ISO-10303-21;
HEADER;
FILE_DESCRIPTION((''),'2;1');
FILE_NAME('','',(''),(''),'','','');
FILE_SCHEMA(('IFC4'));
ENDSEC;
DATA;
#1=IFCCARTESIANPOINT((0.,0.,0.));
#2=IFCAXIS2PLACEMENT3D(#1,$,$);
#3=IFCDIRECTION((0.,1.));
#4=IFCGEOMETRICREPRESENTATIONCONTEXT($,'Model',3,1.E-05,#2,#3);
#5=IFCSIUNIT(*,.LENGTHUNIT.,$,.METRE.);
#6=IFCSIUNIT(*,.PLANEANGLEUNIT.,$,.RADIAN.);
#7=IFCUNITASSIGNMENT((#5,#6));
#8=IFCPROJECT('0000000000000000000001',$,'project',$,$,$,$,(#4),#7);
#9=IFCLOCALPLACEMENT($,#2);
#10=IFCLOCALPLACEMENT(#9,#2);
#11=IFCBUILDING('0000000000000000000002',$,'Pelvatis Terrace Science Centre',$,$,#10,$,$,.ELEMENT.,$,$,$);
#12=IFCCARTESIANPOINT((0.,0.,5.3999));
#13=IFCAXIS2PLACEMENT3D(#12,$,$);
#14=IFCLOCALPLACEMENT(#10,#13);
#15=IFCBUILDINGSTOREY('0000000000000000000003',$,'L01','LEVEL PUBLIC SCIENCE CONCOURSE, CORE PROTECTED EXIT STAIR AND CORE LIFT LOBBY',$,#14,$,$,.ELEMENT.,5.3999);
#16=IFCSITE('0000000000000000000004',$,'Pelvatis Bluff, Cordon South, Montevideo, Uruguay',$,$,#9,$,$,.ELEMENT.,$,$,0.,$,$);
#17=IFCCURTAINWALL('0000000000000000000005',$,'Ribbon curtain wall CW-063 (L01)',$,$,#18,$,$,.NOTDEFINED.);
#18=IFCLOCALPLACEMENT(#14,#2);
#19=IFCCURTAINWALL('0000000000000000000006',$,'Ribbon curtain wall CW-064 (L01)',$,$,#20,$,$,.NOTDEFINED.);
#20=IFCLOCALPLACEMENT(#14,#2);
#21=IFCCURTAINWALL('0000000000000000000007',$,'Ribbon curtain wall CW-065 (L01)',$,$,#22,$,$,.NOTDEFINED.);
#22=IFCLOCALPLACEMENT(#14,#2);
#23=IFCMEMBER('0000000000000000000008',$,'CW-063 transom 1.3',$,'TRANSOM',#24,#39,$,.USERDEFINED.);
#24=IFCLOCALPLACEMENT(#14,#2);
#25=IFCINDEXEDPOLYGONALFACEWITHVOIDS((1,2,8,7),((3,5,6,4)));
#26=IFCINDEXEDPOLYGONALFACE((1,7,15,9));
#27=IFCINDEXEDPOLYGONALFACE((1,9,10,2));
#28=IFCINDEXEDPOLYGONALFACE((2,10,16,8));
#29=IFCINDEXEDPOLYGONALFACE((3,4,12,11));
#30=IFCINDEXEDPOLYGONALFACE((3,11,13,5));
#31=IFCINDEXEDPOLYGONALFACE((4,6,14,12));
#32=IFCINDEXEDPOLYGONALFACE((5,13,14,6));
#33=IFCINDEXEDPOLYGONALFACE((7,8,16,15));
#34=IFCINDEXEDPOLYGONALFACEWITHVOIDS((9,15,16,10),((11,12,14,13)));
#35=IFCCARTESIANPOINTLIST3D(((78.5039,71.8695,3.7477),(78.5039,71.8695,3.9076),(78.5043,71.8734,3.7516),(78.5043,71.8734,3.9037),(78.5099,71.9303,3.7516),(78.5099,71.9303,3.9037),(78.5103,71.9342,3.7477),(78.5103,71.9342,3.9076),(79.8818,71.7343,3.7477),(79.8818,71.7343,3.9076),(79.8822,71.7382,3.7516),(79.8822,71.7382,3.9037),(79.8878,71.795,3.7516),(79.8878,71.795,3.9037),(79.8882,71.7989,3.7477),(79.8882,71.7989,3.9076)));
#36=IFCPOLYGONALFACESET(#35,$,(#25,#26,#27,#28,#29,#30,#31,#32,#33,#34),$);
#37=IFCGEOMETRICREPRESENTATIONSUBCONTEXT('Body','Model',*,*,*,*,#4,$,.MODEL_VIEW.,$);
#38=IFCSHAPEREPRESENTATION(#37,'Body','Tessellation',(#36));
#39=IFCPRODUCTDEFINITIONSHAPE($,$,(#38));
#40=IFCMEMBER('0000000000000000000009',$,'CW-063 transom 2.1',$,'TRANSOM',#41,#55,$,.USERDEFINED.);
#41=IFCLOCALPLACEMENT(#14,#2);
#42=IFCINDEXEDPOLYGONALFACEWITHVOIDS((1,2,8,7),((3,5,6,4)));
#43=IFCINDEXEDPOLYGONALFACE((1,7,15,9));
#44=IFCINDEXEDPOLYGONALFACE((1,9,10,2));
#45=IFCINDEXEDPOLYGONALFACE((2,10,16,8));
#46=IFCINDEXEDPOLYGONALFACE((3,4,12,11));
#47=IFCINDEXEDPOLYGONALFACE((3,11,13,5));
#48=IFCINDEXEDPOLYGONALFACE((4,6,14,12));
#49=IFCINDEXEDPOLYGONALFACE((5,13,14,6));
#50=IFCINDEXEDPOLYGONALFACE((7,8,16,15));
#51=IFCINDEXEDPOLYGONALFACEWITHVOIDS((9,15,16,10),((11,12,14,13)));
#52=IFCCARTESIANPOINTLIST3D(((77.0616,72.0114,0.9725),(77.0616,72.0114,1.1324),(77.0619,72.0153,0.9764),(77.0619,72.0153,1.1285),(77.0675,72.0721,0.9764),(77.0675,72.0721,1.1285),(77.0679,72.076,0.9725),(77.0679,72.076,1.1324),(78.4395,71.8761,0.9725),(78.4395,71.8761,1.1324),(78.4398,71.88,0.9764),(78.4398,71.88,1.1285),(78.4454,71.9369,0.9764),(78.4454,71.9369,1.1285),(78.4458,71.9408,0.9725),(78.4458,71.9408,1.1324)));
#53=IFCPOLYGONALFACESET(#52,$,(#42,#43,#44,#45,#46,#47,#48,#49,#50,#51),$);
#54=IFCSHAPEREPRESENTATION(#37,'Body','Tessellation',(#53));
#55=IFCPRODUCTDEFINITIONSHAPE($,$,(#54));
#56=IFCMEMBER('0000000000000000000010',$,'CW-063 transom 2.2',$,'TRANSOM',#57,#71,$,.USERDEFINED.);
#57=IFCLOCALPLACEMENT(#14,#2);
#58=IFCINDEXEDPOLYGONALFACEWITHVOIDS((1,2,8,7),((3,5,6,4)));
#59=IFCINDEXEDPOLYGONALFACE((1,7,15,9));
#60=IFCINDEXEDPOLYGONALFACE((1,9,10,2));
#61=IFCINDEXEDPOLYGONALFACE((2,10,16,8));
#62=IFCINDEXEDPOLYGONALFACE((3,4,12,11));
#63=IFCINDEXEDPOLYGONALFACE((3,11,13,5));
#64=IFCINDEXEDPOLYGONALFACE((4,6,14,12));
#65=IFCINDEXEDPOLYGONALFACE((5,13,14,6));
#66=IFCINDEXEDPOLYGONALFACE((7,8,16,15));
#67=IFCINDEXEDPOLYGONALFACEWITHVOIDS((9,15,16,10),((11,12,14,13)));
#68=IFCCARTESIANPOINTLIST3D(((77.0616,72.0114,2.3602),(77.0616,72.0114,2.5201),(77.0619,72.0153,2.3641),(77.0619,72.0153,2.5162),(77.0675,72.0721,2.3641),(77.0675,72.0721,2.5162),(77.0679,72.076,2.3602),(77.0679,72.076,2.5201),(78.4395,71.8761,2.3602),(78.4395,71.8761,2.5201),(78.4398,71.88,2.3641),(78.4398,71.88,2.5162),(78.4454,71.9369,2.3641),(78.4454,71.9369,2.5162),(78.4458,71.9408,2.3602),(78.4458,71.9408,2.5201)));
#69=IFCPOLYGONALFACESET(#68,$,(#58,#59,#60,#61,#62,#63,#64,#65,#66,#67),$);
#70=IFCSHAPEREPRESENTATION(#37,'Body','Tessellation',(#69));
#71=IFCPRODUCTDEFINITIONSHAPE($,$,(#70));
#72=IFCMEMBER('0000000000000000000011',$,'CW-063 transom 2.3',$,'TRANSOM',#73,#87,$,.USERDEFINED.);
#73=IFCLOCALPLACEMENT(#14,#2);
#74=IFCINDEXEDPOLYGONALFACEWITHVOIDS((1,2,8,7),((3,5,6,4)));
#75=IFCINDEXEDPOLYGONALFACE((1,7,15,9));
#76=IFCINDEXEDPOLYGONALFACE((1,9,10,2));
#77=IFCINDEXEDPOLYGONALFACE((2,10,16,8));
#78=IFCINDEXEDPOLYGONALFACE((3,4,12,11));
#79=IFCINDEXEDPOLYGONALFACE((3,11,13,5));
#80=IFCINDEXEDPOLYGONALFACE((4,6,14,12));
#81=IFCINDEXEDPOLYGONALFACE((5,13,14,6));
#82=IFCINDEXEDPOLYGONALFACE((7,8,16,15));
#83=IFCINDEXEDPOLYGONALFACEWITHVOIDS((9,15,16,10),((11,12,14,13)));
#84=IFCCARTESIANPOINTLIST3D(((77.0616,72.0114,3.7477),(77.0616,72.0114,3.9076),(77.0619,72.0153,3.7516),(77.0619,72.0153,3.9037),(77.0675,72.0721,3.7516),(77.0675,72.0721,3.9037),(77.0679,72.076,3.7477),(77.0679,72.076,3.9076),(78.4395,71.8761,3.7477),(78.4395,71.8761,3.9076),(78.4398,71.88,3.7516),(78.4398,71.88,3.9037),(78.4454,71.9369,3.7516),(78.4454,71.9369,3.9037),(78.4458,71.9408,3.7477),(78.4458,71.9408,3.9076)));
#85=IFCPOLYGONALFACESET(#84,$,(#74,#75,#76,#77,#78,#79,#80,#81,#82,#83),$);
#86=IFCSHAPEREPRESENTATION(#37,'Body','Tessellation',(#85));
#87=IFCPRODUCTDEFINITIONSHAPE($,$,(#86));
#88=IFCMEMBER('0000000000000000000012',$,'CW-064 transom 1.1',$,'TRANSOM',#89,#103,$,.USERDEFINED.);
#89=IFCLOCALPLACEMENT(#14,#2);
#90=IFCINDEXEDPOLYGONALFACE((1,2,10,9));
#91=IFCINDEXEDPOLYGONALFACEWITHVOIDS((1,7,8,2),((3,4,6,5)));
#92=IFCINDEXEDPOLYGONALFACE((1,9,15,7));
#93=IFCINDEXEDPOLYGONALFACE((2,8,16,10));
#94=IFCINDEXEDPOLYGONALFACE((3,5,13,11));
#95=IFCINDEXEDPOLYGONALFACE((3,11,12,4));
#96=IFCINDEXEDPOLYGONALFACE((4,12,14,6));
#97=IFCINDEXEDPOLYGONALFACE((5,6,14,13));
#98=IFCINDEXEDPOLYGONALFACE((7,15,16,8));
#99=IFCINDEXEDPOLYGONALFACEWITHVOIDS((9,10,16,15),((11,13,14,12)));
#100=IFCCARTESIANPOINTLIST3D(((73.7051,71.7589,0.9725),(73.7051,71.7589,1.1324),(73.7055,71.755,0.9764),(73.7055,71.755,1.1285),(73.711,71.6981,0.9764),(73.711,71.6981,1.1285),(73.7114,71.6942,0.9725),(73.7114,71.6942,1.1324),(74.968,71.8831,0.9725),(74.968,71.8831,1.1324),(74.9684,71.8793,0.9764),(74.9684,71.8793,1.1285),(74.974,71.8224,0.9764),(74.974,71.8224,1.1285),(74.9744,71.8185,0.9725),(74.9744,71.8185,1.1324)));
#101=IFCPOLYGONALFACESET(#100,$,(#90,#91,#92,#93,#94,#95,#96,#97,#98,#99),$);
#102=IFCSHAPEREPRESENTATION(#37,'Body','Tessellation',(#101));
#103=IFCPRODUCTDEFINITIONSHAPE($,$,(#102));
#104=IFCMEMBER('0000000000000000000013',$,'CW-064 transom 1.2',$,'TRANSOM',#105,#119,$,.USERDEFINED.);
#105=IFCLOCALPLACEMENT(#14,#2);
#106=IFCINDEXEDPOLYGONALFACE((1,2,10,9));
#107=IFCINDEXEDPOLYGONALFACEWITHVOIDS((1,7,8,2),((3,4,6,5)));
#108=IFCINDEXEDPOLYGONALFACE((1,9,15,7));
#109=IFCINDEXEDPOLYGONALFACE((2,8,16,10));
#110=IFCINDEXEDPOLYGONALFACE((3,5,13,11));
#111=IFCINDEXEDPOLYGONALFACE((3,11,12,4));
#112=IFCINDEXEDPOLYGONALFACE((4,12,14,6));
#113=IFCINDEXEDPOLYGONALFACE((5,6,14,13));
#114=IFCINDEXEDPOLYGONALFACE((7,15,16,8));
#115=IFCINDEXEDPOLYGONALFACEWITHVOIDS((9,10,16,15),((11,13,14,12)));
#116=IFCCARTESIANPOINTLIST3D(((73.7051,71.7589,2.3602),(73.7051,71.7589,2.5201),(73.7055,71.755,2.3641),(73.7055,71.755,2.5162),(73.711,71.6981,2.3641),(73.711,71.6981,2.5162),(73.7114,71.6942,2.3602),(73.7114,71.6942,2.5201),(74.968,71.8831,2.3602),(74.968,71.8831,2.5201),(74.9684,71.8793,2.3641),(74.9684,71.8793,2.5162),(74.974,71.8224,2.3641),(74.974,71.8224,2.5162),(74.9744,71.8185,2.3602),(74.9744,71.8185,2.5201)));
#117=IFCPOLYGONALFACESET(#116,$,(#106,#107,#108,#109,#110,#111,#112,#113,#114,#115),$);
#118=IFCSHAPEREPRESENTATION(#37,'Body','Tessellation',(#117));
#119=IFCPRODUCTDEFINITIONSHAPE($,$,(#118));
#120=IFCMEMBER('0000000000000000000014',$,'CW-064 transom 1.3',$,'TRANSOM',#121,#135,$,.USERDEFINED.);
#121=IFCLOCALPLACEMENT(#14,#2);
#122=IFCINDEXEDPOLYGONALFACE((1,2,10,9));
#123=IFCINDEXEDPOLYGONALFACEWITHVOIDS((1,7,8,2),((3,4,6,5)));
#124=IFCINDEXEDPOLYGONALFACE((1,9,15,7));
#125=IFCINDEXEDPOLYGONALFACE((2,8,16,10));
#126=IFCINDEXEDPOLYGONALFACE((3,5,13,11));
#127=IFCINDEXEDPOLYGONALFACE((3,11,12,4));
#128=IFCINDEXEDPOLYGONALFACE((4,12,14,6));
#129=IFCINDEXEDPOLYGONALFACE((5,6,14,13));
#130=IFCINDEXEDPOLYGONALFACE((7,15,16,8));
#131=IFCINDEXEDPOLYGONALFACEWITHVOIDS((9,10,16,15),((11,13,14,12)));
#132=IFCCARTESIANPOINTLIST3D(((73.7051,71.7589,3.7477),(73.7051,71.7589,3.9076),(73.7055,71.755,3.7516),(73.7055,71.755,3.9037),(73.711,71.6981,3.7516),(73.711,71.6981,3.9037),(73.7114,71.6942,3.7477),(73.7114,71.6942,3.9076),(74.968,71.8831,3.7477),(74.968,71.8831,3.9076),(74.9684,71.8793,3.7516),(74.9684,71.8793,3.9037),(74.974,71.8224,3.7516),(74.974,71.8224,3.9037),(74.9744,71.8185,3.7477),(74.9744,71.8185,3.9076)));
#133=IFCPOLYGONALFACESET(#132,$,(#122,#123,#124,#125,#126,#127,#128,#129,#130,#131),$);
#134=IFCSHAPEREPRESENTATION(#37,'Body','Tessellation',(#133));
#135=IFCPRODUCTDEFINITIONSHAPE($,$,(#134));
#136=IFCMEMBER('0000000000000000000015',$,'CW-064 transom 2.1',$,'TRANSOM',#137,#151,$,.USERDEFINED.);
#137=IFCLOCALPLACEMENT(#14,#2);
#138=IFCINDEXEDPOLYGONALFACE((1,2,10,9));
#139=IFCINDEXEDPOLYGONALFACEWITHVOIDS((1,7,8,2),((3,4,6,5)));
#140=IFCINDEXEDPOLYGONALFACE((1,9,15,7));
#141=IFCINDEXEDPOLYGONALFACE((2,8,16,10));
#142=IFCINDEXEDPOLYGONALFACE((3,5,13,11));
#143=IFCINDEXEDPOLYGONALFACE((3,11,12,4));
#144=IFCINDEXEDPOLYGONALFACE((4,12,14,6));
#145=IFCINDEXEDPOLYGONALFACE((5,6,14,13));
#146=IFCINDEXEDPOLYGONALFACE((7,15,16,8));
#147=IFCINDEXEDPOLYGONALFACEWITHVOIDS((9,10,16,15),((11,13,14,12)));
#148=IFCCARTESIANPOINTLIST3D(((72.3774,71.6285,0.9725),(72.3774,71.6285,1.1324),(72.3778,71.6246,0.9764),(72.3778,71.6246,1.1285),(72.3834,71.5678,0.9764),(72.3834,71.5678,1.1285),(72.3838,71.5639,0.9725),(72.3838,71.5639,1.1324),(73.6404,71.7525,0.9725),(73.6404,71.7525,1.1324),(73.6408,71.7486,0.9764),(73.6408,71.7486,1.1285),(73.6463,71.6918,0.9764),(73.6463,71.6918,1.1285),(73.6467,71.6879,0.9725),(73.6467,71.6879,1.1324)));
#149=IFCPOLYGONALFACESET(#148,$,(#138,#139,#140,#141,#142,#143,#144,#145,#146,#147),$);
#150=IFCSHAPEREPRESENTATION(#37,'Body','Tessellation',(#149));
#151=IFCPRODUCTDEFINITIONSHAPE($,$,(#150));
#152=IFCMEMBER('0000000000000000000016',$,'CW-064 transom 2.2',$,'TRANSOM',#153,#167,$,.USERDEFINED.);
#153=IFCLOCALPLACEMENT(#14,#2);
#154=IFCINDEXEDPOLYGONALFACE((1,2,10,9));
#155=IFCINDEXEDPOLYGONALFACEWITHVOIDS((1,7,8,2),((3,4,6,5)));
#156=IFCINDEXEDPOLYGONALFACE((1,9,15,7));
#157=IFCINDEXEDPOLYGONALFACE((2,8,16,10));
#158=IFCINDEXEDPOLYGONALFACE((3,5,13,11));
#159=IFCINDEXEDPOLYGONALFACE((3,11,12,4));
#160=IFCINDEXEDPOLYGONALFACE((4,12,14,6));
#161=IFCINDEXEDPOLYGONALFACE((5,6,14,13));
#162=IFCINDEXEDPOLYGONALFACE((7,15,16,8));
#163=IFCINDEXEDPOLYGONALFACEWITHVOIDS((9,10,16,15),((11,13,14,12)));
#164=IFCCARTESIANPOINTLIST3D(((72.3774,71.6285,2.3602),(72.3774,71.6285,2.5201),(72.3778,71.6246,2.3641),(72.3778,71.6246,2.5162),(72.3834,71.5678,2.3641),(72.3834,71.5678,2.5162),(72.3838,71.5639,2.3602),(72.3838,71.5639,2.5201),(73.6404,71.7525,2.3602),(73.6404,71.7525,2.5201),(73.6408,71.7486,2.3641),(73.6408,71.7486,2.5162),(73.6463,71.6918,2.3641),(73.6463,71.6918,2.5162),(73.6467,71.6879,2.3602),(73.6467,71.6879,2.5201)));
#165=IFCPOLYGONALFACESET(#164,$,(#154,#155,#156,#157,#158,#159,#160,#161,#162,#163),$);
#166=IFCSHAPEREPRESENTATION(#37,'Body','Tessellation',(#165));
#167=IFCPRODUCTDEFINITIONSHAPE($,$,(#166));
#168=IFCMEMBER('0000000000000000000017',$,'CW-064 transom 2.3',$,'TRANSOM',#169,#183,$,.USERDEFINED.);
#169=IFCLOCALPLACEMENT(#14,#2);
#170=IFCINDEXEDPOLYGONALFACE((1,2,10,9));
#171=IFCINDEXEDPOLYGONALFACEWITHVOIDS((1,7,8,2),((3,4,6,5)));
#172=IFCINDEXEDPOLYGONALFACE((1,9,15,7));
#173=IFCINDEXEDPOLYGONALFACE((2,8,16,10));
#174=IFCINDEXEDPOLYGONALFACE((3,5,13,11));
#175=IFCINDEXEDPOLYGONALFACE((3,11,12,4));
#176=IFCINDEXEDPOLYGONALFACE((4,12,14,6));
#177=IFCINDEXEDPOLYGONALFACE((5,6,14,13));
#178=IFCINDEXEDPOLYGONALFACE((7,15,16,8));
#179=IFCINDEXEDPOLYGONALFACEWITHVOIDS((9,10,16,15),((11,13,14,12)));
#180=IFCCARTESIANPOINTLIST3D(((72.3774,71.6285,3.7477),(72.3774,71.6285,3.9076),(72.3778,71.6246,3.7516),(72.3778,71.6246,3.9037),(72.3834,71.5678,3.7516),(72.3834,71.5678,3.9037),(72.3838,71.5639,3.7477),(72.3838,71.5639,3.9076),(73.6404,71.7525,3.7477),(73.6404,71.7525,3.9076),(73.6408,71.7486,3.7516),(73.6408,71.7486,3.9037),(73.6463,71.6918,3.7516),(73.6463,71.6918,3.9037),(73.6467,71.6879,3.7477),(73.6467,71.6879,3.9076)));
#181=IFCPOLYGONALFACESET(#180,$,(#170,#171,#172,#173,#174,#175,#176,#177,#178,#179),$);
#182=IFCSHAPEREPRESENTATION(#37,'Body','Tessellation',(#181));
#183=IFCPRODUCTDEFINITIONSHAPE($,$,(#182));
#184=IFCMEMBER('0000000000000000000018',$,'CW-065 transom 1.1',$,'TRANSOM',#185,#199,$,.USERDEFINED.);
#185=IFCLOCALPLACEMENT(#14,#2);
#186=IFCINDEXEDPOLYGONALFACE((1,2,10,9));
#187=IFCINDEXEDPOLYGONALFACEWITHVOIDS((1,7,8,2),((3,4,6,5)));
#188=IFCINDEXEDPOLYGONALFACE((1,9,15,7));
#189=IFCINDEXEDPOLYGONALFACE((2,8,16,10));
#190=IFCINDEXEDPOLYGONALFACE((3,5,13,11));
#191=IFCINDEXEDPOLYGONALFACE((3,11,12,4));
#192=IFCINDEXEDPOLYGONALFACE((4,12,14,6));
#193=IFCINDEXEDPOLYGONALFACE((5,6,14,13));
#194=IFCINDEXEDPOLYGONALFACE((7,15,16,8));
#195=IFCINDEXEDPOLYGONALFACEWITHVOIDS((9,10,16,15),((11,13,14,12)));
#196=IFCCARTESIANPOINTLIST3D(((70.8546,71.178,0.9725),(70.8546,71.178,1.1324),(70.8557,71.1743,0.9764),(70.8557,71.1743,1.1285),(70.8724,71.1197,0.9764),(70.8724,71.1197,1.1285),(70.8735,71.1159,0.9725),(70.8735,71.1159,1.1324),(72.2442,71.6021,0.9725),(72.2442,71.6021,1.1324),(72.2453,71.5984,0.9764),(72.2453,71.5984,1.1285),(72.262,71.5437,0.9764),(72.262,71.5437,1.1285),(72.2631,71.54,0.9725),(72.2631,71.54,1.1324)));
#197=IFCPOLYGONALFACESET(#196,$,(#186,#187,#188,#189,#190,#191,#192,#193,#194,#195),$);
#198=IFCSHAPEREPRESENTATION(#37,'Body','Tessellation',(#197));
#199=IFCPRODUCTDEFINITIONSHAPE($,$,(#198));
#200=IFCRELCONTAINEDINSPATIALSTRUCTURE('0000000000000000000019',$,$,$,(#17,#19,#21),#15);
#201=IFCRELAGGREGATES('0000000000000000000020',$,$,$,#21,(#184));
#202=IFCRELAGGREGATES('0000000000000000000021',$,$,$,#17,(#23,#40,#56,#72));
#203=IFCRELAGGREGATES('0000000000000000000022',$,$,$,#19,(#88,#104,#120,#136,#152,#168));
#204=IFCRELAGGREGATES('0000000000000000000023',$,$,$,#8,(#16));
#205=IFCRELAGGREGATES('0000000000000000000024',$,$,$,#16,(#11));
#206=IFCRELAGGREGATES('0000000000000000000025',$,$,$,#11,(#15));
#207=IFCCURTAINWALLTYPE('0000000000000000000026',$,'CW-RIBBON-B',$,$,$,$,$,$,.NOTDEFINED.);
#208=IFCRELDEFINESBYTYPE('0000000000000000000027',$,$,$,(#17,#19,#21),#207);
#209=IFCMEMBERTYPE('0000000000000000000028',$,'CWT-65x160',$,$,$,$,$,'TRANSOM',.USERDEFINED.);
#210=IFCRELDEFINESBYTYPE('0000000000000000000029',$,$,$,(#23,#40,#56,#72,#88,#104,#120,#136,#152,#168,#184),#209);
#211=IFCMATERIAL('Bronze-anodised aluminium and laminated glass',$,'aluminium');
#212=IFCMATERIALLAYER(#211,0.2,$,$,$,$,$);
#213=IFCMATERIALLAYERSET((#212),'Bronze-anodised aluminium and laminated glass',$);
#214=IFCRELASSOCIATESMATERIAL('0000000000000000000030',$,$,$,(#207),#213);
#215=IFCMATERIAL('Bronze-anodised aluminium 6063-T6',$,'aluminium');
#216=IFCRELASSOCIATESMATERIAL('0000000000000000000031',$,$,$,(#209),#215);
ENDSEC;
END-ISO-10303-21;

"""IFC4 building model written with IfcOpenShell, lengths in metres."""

from ifc_helpers import new_model, si_unit, direction, frame, origin, origin_2d, place, context, subcontext, project, spatial, hollow_rectangle, extrude, material, layer, layer_set, material_profile, profile_set, type_object, element, aggregate, save


model = new_model("IFC4")

# Units and contexts
model_context = context("Model", 3, precision=1e-05, world=origin(), true_north=direction((0.0, 1.0)))
body_context = subcontext(model_context, "Body", "Model", "MODEL_VIEW")
ifc_project = project(units=[si_unit("LENGTHUNIT", "METRE"), si_unit("PLANEANGLEUNIT", "RADIAN")], contexts=[model_context])

# Site, building, storey
site_placement = place(None, origin())
site = spatial("IfcSite", under=ifc_project, at=site_placement, Name="Pelvatis Bluff, Cordon South, Montevideo, Uruguay", CompositionType="ELEMENT", RefElevation=0.0)
building_placement = place(site_placement, origin())
building = spatial("IfcBuilding", under=site, at=building_placement, Name="Pelvatis Terrace Science Centre", CompositionType="ELEMENT")
storey_placement = place(building_placement, frame((0.0, 0.0, 5.3999)))
storey = spatial("IfcBuildingStorey", under=building, at=storey_placement, Name="L01", Description="LEVEL PUBLIC SCIENCE CONCOURSE, CORE PROTECTED EXIT STAIR AND CORE LIFT LOBBY", CompositionType="ELEMENT", Elevation=5.3999)

# Curtain walls
ifc_material_1 = material(Name="Bronze-anodised aluminium and laminated glass", Category="aluminium")
ifc_layer_1 = layer(ifc_material_1, 0.2)
ifc_layer_set_1 = layer_set([ifc_layer_1], Name="Bronze-anodised aluminium and laminated glass")
curtain_wall_type = type_object("IfcCurtainWallType", Name="CW-RIBBON-B", PredefinedType="NOTDEFINED", material=ifc_layer_set_1)
curtain_wall_1_placement = place(storey_placement, origin())
curtain_wall_1 = element("IfcCurtainWall", 1, at=curtain_wall_1_placement, inside=storey, type_object=curtain_wall_type, Name="Ribbon curtain wall CW-063 (L01)", PredefinedType="NOTDEFINED")
curtain_wall_2_placement = place(storey_placement, origin())
curtain_wall_2 = element("IfcCurtainWall", 2, at=curtain_wall_2_placement, inside=storey, type_object=curtain_wall_type, Name="Ribbon curtain wall CW-064 (L01)", PredefinedType="NOTDEFINED")

# Curtain wall
curtain_wall_3_placement = place(storey_placement, origin())
curtain_wall_3 = element("IfcCurtainWall", 3, at=curtain_wall_3_placement, inside=storey, type_object=curtain_wall_type, Name="Ribbon curtain wall CW-065 (L01)", PredefinedType="NOTDEFINED")

# Members
ifc_material_2 = material(Name="Bronze-anodised aluminium 6063-T6", Category="aluminium")
ifc_material_profile_1 = material_profile(ifc_material_2, hollow_rectangle(XDim=0.0649, YDim=0.1599, WallThickness=0.0039, at=origin_2d()), Name="ALU-TRN 65x160")
ifc_profile_set_1 = profile_set([ifc_material_profile_1], Name="Bronze-anodised aluminium 6063-T6")
member_type_1 = type_object("IfcMemberType", Name="CWT-65x160", ElementType="TRANSOM", PredefinedType="USERDEFINED", material=ifc_profile_set_1)
member_1_placement = place(storey_placement, frame((79.885, 71.7666, 3.8276), z_axis=(-0.995217, 0.097688, 0.0), x_axis=(-0.097688, -0.995217, 0.0)))
member_1 = element("IfcMember", 4, at=member_1_placement, type_object=member_type_1, Name="CW-063 transom 1.3", ObjectType="TRANSOM", PredefinedType="USERDEFINED", context=body_context, shape_type="SweptSolid", body=[
    extrude(hollow_rectangle(XDim=0.0649, YDim=0.1599, WallThickness=0.0039, at=origin_2d()), origin(), (0.0, 0.0, 1.0), 1.3845),
])
member_2_placement = place(storey_placement, frame((78.4426, 71.9084, 1.0525), z_axis=(-0.995217, 0.097688, 0.0), x_axis=(-0.097688, -0.995217, 0.0)))
member_2 = element("IfcMember", 5, at=member_2_placement, type_object=member_type_1, Name="CW-063 transom 2.1", ObjectType="TRANSOM", PredefinedType="USERDEFINED", context=body_context, shape_type="SweptSolid", body=[
    extrude(hollow_rectangle(XDim=0.0649, YDim=0.1599, WallThickness=0.0039, at=origin_2d()), origin(), (0.0, 0.0, 1.0), 1.3845),
])
member_3_placement = place(storey_placement, frame((78.4426, 71.9084, 2.4402), z_axis=(-0.995217, 0.097688, 0.0), x_axis=(-0.097688, -0.995217, 0.0)))
member_3 = element("IfcMember", 6, at=member_3_placement, type_object=member_type_1, Name="CW-063 transom 2.2", ObjectType="TRANSOM", PredefinedType="USERDEFINED", context=body_context, shape_type="SweptSolid", body=[
    extrude(hollow_rectangle(XDim=0.0649, YDim=0.1599, WallThickness=0.0039, at=origin_2d()), origin(), (0.0, 0.0, 1.0), 1.3845),
])
member_4_placement = place(storey_placement, frame((78.4426, 71.9084, 3.8276), z_axis=(-0.995217, 0.097688, 0.0), x_axis=(-0.097688, -0.995217, 0.0)))
member_4 = element("IfcMember", 7, at=member_4_placement, type_object=member_type_1, Name="CW-063 transom 2.3", ObjectType="TRANSOM", PredefinedType="USERDEFINED", context=body_context, shape_type="SweptSolid", body=[
    extrude(hollow_rectangle(XDim=0.0649, YDim=0.1599, WallThickness=0.0039, at=origin_2d()), origin(), (0.0, 0.0, 1.0), 1.3845),
])
member_5_placement = place(storey_placement, frame((74.9712, 71.8508, 1.0525), z_axis=(-0.995194, -0.097923, 0.0), x_axis=(0.097923, -0.995194, 0.0)))
member_5 = element("IfcMember", 8, at=member_5_placement, type_object=member_type_1, Name="CW-064 transom 1.1", ObjectType="TRANSOM", PredefinedType="USERDEFINED", context=body_context, shape_type="SweptSolid", body=[
    extrude(hollow_rectangle(XDim=0.0649, YDim=0.1599, WallThickness=0.0039, at=origin_2d()), origin(), (0.0, 0.0, 1.0), 1.269),
])
member_6_placement = place(storey_placement, frame((74.9712, 71.8508, 2.4402), z_axis=(-0.995194, -0.097923, 0.0), x_axis=(0.097923, -0.995194, 0.0)))
member_6 = element("IfcMember", 9, at=member_6_placement, type_object=member_type_1, Name="CW-064 transom 1.2", ObjectType="TRANSOM", PredefinedType="USERDEFINED", context=body_context, shape_type="SweptSolid", body=[
    extrude(hollow_rectangle(XDim=0.0649, YDim=0.1599, WallThickness=0.0039, at=origin_2d()), origin(), (0.0, 0.0, 1.0), 1.269),
])
member_7_placement = place(storey_placement, frame((74.9712, 71.8508, 3.8276), z_axis=(-0.995194, -0.097923, 0.0), x_axis=(0.097923, -0.995194, 0.0)))
member_7 = element("IfcMember", 10, at=member_7_placement, type_object=member_type_1, Name="CW-064 transom 1.3", ObjectType="TRANSOM", PredefinedType="USERDEFINED", context=body_context, shape_type="SweptSolid", body=[
    extrude(hollow_rectangle(XDim=0.0649, YDim=0.1599, WallThickness=0.0039, at=origin_2d()), origin(), (0.0, 0.0, 1.0), 1.269),
])
member_8_placement = place(storey_placement, frame((73.6436, 71.7202, 1.0525), z_axis=(-0.995213, -0.097732, 0.0), x_axis=(0.097732, -0.995213, 0.0)))
member_8 = element("IfcMember", 11, at=member_8_placement, type_object=member_type_1, Name="CW-064 transom 2.1", ObjectType="TRANSOM", PredefinedType="USERDEFINED", context=body_context, shape_type="SweptSolid", body=[
    extrude(hollow_rectangle(XDim=0.0649, YDim=0.1599, WallThickness=0.0039, at=origin_2d()), origin(), (0.0, 0.0, 1.0), 1.269),
])
member_9_placement = place(storey_placement, frame((73.6436, 71.7202, 2.4402), z_axis=(-0.995213, -0.097732, 0.0), x_axis=(0.097732, -0.995213, 0.0)))
member_9 = element("IfcMember", 12, at=member_9_placement, type_object=member_type_1, Name="CW-064 transom 2.2", ObjectType="TRANSOM", PredefinedType="USERDEFINED", context=body_context, shape_type="SweptSolid", body=[
    extrude(hollow_rectangle(XDim=0.0649, YDim=0.1599, WallThickness=0.0039, at=origin_2d()), origin(), (0.0, 0.0, 1.0), 1.269),
])
member_10_placement = place(storey_placement, frame((73.6436, 71.7202, 3.8276), z_axis=(-0.995213, -0.097732, 0.0), x_axis=(0.097732, -0.995213, 0.0)))
member_10 = element("IfcMember", 13, at=member_10_placement, type_object=member_type_1, Name="CW-064 transom 2.3", ObjectType="TRANSOM", PredefinedType="USERDEFINED", context=body_context, shape_type="SweptSolid", body=[
    extrude(hollow_rectangle(XDim=0.0649, YDim=0.1599, WallThickness=0.0039, at=origin_2d()), origin(), (0.0, 0.0, 1.0), 1.269),
])
member_11_placement = place(storey_placement, frame((72.2537, 71.571, 1.0525), z_axis=(-0.956456, -0.291877, 0.0), x_axis=(0.291877, -0.956456, 0.0)))
member_11 = element("IfcMember", 14, at=member_11_placement, type_object=member_type_1, Name="CW-065 transom 1.1", ObjectType="TRANSOM", PredefinedType="USERDEFINED", context=body_context, shape_type="SweptSolid", body=[
    extrude(hollow_rectangle(XDim=0.0649, YDim=0.1599, WallThickness=0.0039, at=origin_2d()), origin(), (0.0, 0.0, 1.0), 1.4529),
])
aggregate(curtain_wall_3, [member_11])

aggregate(curtain_wall_1, [member_1, member_2, member_3, member_4])
aggregate(curtain_wall_2, [member_5, member_6, member_7, member_8, member_9, member_10])

save(model, "model.ifc")
